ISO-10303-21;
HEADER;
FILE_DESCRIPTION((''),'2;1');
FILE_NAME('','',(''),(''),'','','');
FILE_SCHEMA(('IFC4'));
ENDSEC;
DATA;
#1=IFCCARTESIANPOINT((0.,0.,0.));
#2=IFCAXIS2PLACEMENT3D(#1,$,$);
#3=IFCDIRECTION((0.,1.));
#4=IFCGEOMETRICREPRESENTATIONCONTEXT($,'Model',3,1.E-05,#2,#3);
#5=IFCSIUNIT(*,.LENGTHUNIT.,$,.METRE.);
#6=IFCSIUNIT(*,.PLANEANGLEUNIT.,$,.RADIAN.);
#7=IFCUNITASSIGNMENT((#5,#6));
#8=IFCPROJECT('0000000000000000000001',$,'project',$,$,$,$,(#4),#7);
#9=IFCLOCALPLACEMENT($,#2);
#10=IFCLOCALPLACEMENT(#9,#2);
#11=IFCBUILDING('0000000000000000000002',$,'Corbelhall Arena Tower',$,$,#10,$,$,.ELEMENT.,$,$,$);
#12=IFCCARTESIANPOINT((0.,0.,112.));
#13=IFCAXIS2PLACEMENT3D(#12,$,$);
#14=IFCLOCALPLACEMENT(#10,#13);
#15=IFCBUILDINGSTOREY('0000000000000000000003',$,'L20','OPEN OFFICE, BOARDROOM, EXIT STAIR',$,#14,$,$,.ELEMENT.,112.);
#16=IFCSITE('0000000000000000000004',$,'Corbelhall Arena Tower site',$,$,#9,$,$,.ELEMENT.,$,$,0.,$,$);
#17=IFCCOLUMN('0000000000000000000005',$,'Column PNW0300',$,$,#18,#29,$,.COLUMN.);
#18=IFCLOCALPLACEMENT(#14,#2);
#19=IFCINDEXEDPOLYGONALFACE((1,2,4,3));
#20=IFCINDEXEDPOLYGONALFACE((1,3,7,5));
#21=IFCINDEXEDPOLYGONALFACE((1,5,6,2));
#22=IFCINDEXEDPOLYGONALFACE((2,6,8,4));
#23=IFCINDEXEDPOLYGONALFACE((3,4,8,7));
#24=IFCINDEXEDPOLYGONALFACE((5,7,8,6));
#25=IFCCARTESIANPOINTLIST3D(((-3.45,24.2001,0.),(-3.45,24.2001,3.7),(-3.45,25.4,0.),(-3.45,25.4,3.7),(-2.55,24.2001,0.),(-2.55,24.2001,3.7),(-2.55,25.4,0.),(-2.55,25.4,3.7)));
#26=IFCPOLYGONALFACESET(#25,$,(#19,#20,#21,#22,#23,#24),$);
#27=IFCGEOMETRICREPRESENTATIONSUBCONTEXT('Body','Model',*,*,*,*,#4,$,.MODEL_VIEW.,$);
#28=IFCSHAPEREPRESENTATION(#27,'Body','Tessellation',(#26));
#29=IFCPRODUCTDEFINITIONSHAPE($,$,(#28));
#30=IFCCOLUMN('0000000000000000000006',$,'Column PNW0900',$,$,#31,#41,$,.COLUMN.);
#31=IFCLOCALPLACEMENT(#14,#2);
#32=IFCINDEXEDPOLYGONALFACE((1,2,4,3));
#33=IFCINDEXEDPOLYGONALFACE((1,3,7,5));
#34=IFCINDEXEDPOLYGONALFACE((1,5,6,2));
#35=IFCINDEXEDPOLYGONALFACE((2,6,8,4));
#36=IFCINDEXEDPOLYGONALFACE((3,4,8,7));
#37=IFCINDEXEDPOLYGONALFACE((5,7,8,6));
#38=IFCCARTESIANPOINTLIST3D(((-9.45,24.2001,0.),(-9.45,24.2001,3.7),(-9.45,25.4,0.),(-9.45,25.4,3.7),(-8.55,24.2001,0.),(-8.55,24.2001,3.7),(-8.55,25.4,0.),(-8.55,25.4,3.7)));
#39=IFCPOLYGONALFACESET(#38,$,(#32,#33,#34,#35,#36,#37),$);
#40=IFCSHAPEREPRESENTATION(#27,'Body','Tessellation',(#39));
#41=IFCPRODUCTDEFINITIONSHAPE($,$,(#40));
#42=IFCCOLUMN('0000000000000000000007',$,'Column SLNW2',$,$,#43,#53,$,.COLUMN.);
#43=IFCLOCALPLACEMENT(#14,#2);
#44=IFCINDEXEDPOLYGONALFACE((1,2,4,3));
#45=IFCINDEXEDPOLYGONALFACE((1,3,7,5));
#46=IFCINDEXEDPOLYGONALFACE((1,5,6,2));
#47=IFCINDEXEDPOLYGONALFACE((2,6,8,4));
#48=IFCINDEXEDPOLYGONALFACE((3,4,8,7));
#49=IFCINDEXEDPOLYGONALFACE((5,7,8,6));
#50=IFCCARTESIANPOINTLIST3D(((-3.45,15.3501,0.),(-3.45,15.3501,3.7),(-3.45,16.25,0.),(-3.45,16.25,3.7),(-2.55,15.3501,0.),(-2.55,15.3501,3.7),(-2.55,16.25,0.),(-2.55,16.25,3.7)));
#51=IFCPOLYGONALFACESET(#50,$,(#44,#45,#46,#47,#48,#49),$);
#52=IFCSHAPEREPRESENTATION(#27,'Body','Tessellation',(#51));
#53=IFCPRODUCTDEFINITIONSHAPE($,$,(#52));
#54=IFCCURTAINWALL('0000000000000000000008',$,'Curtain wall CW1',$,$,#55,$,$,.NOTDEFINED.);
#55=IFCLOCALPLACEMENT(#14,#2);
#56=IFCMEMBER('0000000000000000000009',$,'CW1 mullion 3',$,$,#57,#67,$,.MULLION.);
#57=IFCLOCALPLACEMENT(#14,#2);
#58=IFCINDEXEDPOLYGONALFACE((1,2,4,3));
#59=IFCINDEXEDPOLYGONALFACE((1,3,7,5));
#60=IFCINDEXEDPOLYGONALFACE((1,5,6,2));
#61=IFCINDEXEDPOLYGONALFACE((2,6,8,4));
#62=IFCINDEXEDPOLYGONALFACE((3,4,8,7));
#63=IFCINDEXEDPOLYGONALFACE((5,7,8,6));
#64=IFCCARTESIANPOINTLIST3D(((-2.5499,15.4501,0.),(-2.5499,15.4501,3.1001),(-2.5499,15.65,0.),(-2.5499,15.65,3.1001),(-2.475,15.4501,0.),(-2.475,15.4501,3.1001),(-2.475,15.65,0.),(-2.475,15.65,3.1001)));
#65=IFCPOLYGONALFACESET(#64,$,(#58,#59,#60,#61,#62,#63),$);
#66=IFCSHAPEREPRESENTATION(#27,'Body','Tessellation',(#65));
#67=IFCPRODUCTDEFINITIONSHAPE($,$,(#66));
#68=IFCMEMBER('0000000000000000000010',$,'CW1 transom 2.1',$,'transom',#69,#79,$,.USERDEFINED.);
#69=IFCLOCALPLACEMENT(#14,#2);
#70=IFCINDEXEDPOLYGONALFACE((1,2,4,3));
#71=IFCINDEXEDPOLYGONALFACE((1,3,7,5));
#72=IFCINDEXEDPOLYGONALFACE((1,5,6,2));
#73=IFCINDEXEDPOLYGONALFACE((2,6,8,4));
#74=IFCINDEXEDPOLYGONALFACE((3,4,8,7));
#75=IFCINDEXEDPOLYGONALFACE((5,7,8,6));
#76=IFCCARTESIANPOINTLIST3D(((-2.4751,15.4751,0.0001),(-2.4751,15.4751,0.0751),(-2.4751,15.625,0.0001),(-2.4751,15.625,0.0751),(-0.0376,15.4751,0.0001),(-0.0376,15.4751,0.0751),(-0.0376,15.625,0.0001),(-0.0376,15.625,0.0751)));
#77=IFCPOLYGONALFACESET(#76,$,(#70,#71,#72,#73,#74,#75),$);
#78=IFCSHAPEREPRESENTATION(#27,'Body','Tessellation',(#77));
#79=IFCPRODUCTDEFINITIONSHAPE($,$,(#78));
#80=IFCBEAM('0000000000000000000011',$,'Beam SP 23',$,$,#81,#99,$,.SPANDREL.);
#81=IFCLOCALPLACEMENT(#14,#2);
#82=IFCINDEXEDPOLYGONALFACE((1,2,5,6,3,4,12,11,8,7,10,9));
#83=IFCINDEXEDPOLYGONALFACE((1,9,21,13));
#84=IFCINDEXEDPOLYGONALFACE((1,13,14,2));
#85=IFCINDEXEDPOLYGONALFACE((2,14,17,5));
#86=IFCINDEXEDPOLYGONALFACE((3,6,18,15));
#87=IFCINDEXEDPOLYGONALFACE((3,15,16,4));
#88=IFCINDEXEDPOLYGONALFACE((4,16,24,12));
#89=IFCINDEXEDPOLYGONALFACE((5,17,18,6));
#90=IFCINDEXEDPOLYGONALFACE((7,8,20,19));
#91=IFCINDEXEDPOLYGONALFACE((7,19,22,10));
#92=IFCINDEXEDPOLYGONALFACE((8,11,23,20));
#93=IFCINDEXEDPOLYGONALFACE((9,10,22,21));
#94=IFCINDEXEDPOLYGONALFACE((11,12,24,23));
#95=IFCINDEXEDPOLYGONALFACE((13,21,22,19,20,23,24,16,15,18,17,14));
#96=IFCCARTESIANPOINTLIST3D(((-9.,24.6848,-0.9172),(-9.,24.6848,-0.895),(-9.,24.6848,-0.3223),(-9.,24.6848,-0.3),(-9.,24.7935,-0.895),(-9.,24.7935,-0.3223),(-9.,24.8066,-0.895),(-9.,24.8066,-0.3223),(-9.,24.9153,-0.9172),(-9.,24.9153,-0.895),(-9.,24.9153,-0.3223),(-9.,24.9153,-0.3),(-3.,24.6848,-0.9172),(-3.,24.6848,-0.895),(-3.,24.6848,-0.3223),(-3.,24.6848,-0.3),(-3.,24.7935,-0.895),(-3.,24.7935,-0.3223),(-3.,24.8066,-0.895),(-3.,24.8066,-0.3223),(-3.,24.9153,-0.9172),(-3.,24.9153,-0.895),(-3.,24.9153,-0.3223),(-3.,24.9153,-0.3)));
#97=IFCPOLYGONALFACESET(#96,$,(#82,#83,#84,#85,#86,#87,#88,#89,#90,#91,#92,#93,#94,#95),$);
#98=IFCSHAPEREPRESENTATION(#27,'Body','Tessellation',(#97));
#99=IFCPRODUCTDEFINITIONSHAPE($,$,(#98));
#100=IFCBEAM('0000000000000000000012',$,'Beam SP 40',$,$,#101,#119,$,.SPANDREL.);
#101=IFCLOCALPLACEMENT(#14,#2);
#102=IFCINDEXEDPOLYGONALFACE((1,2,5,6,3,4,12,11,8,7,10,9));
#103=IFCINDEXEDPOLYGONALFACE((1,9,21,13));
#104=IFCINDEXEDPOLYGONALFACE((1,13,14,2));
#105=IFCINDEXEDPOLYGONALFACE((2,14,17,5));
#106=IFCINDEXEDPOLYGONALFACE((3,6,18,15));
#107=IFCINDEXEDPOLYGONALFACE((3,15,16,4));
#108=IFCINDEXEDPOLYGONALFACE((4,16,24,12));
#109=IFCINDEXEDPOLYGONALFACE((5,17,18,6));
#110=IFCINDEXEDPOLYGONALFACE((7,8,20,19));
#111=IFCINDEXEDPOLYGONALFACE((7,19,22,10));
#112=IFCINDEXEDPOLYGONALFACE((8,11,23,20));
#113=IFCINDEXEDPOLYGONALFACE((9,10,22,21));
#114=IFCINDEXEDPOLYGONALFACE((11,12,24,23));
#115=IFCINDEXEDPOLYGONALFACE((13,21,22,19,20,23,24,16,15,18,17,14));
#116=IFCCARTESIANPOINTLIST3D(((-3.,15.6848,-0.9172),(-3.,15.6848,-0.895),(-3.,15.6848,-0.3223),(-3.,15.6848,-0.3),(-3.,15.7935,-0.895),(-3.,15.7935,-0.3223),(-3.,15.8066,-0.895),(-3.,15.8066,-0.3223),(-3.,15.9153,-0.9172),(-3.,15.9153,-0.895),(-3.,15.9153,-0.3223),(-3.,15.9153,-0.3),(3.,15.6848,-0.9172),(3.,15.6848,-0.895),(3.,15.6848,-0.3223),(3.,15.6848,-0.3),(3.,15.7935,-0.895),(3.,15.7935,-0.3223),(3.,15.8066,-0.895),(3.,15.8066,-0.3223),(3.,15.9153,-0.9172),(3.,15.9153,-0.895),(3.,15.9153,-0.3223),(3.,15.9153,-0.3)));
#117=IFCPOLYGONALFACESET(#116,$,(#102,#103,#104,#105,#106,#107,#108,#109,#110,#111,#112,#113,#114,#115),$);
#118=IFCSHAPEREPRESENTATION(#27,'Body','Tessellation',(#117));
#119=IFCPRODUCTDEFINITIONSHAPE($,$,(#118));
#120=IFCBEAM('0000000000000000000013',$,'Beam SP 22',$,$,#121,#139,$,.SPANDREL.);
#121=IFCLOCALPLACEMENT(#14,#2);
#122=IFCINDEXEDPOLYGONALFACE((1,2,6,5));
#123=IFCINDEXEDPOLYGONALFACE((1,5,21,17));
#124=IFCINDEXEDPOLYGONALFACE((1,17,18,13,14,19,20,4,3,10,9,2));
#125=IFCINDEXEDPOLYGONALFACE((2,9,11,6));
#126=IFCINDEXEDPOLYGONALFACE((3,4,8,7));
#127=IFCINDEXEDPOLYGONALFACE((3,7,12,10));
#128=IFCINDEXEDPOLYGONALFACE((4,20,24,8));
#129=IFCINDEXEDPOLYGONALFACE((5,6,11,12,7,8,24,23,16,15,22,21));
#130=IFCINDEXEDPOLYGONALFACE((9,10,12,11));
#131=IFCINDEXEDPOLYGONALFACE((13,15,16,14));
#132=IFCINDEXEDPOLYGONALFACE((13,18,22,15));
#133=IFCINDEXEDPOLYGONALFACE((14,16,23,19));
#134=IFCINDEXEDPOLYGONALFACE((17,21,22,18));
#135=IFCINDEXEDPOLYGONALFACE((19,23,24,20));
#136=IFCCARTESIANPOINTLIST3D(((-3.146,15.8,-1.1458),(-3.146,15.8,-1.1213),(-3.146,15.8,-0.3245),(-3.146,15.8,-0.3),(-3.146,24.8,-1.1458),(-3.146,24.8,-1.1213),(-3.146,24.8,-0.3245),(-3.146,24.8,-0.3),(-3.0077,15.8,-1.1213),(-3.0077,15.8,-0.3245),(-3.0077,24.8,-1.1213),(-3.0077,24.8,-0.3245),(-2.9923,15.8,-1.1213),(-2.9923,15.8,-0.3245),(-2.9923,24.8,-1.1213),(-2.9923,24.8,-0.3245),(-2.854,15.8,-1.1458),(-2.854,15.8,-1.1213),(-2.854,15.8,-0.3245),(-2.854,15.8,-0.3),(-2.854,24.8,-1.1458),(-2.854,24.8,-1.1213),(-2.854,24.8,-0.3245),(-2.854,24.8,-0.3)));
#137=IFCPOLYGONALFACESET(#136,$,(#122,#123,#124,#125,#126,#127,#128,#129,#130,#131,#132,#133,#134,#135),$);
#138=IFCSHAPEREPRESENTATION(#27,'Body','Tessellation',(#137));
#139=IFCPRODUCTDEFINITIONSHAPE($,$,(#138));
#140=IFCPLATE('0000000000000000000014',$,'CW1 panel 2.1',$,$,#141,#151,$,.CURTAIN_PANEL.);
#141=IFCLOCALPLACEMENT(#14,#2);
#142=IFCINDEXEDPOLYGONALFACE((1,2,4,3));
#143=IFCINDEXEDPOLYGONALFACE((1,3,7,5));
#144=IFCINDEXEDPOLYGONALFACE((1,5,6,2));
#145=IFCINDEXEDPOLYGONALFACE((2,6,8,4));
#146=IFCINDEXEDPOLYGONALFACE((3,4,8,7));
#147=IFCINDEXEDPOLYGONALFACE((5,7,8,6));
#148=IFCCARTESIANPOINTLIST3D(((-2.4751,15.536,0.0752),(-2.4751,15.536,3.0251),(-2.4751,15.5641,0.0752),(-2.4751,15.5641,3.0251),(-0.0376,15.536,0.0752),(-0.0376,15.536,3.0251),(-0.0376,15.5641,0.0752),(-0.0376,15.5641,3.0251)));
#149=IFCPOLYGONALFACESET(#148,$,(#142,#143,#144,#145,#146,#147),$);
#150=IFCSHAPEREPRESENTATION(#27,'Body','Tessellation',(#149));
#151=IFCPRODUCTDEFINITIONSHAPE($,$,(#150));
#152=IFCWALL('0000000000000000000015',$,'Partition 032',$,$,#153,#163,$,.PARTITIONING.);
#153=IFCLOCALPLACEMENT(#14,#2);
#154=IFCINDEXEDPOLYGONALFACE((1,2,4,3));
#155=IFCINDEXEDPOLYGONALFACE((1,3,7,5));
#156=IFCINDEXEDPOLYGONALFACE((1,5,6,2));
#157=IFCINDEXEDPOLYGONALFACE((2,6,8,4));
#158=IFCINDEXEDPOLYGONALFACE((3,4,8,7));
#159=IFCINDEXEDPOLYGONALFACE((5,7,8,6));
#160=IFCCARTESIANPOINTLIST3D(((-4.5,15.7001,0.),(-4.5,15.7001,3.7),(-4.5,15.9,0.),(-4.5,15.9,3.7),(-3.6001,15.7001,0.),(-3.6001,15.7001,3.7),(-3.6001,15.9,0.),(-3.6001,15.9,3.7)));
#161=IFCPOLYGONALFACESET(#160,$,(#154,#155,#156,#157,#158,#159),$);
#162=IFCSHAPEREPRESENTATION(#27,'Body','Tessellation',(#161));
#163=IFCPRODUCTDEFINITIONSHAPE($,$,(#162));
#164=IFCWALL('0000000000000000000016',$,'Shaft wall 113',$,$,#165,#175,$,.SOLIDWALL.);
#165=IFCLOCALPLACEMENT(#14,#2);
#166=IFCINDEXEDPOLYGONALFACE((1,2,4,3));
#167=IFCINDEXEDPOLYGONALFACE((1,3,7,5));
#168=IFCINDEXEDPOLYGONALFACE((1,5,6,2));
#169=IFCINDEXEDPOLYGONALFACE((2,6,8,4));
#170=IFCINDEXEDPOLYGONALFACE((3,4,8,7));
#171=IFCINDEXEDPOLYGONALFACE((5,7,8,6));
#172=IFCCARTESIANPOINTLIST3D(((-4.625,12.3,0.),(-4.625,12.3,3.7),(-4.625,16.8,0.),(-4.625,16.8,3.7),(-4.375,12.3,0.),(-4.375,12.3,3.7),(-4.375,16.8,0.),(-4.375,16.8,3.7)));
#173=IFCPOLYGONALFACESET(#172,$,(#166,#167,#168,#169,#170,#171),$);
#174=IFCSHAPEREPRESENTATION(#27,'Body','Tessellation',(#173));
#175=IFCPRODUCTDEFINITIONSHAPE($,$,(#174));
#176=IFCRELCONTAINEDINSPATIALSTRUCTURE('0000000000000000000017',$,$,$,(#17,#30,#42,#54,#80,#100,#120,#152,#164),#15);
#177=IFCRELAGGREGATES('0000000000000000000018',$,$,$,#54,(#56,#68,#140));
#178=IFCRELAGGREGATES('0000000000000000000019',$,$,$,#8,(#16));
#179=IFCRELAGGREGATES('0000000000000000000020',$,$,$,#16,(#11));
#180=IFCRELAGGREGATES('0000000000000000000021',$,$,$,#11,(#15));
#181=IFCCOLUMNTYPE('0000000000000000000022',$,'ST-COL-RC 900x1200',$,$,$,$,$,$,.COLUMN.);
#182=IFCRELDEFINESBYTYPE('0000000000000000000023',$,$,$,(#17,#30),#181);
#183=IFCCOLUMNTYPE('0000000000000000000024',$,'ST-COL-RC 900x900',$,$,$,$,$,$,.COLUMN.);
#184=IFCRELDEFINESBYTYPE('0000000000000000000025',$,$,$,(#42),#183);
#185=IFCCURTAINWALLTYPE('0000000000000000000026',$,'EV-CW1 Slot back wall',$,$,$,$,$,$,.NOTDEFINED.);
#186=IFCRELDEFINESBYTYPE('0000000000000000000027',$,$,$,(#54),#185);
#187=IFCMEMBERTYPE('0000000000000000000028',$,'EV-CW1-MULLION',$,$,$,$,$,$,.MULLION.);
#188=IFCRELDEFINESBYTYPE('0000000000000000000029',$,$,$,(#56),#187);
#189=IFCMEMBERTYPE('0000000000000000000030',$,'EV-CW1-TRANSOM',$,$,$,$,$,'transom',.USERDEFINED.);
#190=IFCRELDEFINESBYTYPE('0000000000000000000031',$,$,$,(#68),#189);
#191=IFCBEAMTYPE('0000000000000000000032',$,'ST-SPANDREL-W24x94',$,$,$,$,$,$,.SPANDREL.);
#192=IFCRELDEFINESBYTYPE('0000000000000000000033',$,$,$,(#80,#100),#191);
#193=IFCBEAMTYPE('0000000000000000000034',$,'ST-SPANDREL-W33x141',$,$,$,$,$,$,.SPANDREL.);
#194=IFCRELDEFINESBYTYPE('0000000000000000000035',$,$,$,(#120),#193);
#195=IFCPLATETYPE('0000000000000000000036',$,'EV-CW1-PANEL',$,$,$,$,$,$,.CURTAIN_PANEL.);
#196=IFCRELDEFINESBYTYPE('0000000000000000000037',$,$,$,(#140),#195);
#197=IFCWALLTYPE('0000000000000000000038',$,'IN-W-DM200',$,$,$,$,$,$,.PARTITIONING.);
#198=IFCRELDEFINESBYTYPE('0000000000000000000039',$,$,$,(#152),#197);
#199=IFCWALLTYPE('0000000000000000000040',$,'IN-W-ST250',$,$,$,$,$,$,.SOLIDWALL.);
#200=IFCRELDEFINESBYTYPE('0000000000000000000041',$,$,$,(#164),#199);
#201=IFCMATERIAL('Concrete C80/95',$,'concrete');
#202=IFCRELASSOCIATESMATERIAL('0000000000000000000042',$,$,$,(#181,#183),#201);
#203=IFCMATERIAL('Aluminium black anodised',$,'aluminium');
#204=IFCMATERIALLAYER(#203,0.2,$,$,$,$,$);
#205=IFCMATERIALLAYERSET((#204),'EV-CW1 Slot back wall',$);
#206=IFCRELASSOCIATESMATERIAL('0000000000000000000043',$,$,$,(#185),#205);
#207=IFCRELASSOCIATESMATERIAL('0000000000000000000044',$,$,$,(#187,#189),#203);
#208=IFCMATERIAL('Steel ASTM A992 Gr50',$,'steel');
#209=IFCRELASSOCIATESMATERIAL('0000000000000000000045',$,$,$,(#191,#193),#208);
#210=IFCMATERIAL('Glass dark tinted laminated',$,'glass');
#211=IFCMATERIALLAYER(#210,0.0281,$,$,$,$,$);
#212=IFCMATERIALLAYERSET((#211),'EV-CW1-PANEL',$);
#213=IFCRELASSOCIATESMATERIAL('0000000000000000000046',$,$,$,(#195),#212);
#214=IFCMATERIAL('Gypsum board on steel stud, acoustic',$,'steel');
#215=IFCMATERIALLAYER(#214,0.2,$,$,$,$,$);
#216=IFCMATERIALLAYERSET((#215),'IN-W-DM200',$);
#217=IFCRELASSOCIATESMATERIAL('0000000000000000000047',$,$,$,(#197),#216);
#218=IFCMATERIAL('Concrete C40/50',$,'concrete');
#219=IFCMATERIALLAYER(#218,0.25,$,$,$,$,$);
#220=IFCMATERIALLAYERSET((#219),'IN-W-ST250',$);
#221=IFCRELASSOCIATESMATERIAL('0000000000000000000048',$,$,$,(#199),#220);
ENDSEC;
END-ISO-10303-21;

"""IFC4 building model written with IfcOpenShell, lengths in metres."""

from ifc_helpers import new_model, si_unit, direction, frame, frame_2d, origin, origin_2d, place, context, subcontext, project, spatial, rectangle, i_section, extrude, material, layer, layer_set, material_profile, profile_set, type_object, element, aggregate, save


model = new_model("IFC4")

# Units and contexts
model_context = context("Model", 3, precision=1e-05, world=origin(), true_north=direction((0.0, 1.0)))
body_context = subcontext(model_context, "Body", "Model", "MODEL_VIEW")
ifc_project = project(units=[si_unit("LENGTHUNIT", "METRE"), si_unit("PLANEANGLEUNIT", "RADIAN")], contexts=[model_context])

# Site, building, storey
site_placement = place(None, origin())
site = spatial("IfcSite", under=ifc_project, at=site_placement, Name="Corbelhall Arena Tower site", CompositionType="ELEMENT", RefElevation=0.0)
building_placement = place(site_placement, origin())
building = spatial("IfcBuilding", under=site, at=building_placement, Name="Corbelhall Arena Tower", CompositionType="ELEMENT")
storey_placement = place(building_placement, frame((0.0, 0.0, 112.0)))
storey = spatial("IfcBuildingStorey", under=building, at=storey_placement, Name="L20", Description="OPEN OFFICE, BOARDROOM, EXIT STAIR", CompositionType="ELEMENT", Elevation=112.0)

# Columns
ifc_material_1 = material(Name="Concrete C80/95", Category="concrete")
ifc_material_profile_1 = material_profile(ifc_material_1, rectangle(XDim=0.8999, YDim=1.2, at=origin_2d()))
ifc_profile_set_1 = profile_set([ifc_material_profile_1], Name="Concrete C80/95")
column_type_1 = type_object("IfcColumnType", Name="ST-COL-RC 900x1200", PredefinedType="COLUMN", material=ifc_profile_set_1)
for number, where, z_axis, x_axis, name in (
    (1, (-3.0, 24.8, 0.0), (0.0, 0.0, 1.0), (1.0, 0.0, 0.0), "Column PNW0300"),
    (2, (-9.0, 24.8, 0.0), (0.0, 0.0, 1.0), (1.0, 0.0, 0.0), "Column PNW0900"),
):
    element("IfcColumn", number, at=place(storey_placement, frame(where, z_axis=z_axis, x_axis=x_axis)), inside=storey, type_object=column_type_1, Name=name, PredefinedType="COLUMN", context=body_context, shape_type="SweptSolid", body=[
        extrude(rectangle(XDim=0.8999, YDim=1.2, at=origin_2d()), origin(), (0.0, 0.0, 1.0), 3.7),
    ])
ifc_material_profile_2 = material_profile(ifc_material_1, rectangle(XDim=0.8999, YDim=0.8999, at=origin_2d()))
ifc_profile_set_2 = profile_set([ifc_material_profile_2], Name="Concrete C80/95")
column_type_2 = type_object("IfcColumnType", Name="ST-COL-RC 900x900", PredefinedType="COLUMN", material=ifc_profile_set_2)
column_placement = place(storey_placement, frame((-3.0, 15.8, 0.0), z_axis=(0.0, 0.0, 1.0), x_axis=(1.0, 0.0, 0.0)))
element("IfcColumn", 3, at=column_placement, inside=storey, type_object=column_type_2, Name="Column SLNW2", PredefinedType="COLUMN", context=body_context, shape_type="SweptSolid", body=[
    extrude(rectangle(XDim=0.8999, YDim=0.8999, at=origin_2d()), origin(), (0.0, 0.0, 1.0), 3.7),
])

# Curtain wall, members
ifc_material_2 = material(Name="Aluminium black anodised", Category="aluminium")
ifc_layer_1 = layer(ifc_material_2, 0.2)
ifc_layer_set_1 = layer_set([ifc_layer_1], Name="EV-CW1 Slot back wall")
curtain_wall_type = type_object("IfcCurtainWallType", Name="EV-CW1 Slot back wall", PredefinedType="NOTDEFINED", material=ifc_layer_set_1)
curtain_wall_placement = place(storey_placement, origin())
curtain_wall = element("IfcCurtainWall", 4, at=curtain_wall_placement, inside=storey, type_object=curtain_wall_type, Name="Curtain wall CW1", PredefinedType="NOTDEFINED")
ifc_material_profile_3 = material_profile(ifc_material_2, rectangle(XDim=0.2, YDim=0.075, at=origin_2d()))
ifc_profile_set_3 = profile_set([ifc_material_profile_3], Name="Aluminium black anodised")
member_type_1 = type_object("IfcMemberType", Name="EV-CW1-MULLION", PredefinedType="MULLION", material=ifc_profile_set_3)
member_1_placement = place(storey_placement, frame((-2.5125, 15.55, 0.0), z_axis=(0.0, 0.0, 1.0), x_axis=(0.0, -1.0, 0.0)))
member_1 = element("IfcMember", 5, at=member_1_placement, type_object=member_type_1, Name="CW1 mullion 3", PredefinedType="MULLION", context=body_context, shape_type="SweptSolid", body=[
    extrude(rectangle(XDim=0.2, YDim=0.075, at=origin_2d()), origin(), (0.0, 0.0, 1.0), 3.1001),
])
ifc_material_profile_4 = material_profile(ifc_material_2, rectangle(XDim=0.1499, YDim=0.075, at=origin_2d()))
ifc_profile_set_4 = profile_set([ifc_material_profile_4], Name="Aluminium black anodised")
member_type_2 = type_object("IfcMemberType", Name="EV-CW1-TRANSOM", ElementType="transom", PredefinedType="USERDEFINED", material=ifc_profile_set_4)
member_2_placement = place(storey_placement, frame((-0.0376, 15.55, 0.0376), z_axis=(-1.0, 0.0, 0.0), x_axis=(0.0, -1.0, 0.0)))
member_2 = element("IfcMember", 6, at=member_2_placement, type_object=member_type_2, Name="CW1 transom 2.1", ObjectType="transom", PredefinedType="USERDEFINED", context=body_context, shape_type="SweptSolid", body=[
    extrude(rectangle(XDim=0.1499, YDim=0.075, at=origin_2d()), origin(), (0.0, 0.0, 1.0), 2.4375),
])

# Beams
ifc_material_3 = material(Name="Steel ASTM A992 Gr50", Category="steel")
ifc_material_profile_5 = material_profile(ifc_material_3, i_section(OverallWidth=0.2305, OverallDepth=0.6172, WebThickness=0.0132, FlangeThickness=0.0222, at=origin_2d()))
ifc_profile_set_5 = profile_set([ifc_material_profile_5], Name="Steel ASTM A992 Gr50")
beam_type_1 = type_object("IfcBeamType", Name="ST-SPANDREL-W24x94", PredefinedType="SPANDREL", material=ifc_profile_set_5)
for number, where, z_axis, x_axis, name in (
    (7, (-9.0, 24.8, -0.6086), (1.0, 0.0, 0.0), (0.0, 1.0, 0.0), "Beam SP 23"),
    (8, (-3.0, 15.8, -0.6086), (1.0, 0.0, 0.0), (0.0, 1.0, 0.0), "Beam SP 40"),
):
    element("IfcBeam", number, at=place(storey_placement, frame(where, z_axis=z_axis, x_axis=x_axis)), inside=storey, type_object=beam_type_1, Name=name, PredefinedType="SPANDREL", context=body_context, shape_type="SweptSolid", body=[
        extrude(i_section(OverallWidth=0.2305, OverallDepth=0.6172, WebThickness=0.0132, FlangeThickness=0.0222, at=origin_2d()), origin(), (0.0, 0.0, 1.0), 6.0),
    ])
ifc_material_profile_6 = material_profile(ifc_material_3, i_section(OverallWidth=0.292, OverallDepth=0.8457, WebThickness=0.0154, FlangeThickness=0.0244, at=origin_2d()))
ifc_profile_set_6 = profile_set([ifc_material_profile_6], Name="Steel ASTM A992 Gr50")
beam_type_2 = type_object("IfcBeamType", Name="ST-SPANDREL-W33x141", PredefinedType="SPANDREL", material=ifc_profile_set_6)
beam_placement = place(storey_placement, frame((-3.0, 24.8, -0.7229), z_axis=(0.0, -1.0, 0.0), x_axis=(1.0, 0.0, 0.0)))
element("IfcBeam", 9, at=beam_placement, inside=storey, type_object=beam_type_2, Name="Beam SP 22", PredefinedType="SPANDREL", context=body_context, shape_type="SweptSolid", body=[
    extrude(i_section(OverallWidth=0.292, OverallDepth=0.8457, WebThickness=0.0154, FlangeThickness=0.0244, at=origin_2d()), origin(), (0.0, 0.0, 1.0), 9.0),
])

# Plate
ifc_material_4 = material(Name="Glass dark tinted laminated", Category="glass")
ifc_layer_2 = layer(ifc_material_4, 0.0281)
ifc_layer_set_2 = layer_set([ifc_layer_2], Name="EV-CW1-PANEL")
plate_type = type_object("IfcPlateType", Name="EV-CW1-PANEL", PredefinedType="CURTAIN_PANEL", material=ifc_layer_set_2)
plate_placement = place(storey_placement, frame((-1.2563, 15.55, 0.0752), z_axis=(0.0, 0.0, 1.0), x_axis=(-1.0, 0.0, 0.0)))
plate = element("IfcPlate", 10, at=plate_placement, type_object=plate_type, Name="CW1 panel 2.1", PredefinedType="CURTAIN_PANEL", context=body_context, shape_type="SweptSolid", body=[
    extrude(rectangle(XDim=2.4375, YDim=0.0281, at=origin_2d()), origin(), (0.0, 0.0, 1.0), 2.95),
])
aggregate(curtain_wall, [member_1, member_2, plate])

# Walls
ifc_material_5 = material(Name="Gypsum board on steel stud, acoustic", Category="steel")
ifc_layer_3 = layer(ifc_material_5, 0.2)
ifc_layer_set_3 = layer_set([ifc_layer_3], Name="IN-W-DM200")
wall_type_1 = type_object("IfcWallType", Name="IN-W-DM200", PredefinedType="PARTITIONING", material=ifc_layer_set_3)
wall_1_placement = place(storey_placement, frame((-4.5, 15.8, 0.0), z_axis=(0.0, 0.0, 1.0), x_axis=(1.0, 0.0, 0.0)))
element("IfcWall", 11, at=wall_1_placement, inside=storey, type_object=wall_type_1, Name="Partition 032", PredefinedType="PARTITIONING", context=body_context, shape_type="SweptSolid", body=[
    extrude(rectangle(XDim=0.8999, YDim=0.2, at=frame_2d((0.45, 0.0))), origin(), (0.0, 0.0, 1.0), 3.7),
])
ifc_material_6 = material(Name="Concrete C40/50", Category="concrete")
ifc_layer_4 = layer(ifc_material_6, 0.25)
ifc_layer_set_4 = layer_set([ifc_layer_4], Name="IN-W-ST250")
wall_type_2 = type_object("IfcWallType", Name="IN-W-ST250", PredefinedType="SOLIDWALL", material=ifc_layer_set_4)
wall_2_placement = place(storey_placement, frame((-4.5, 16.8, 0.0), z_axis=(0.0, 0.0, 1.0), x_axis=(0.0, -1.0, 0.0)))
element("IfcWall", 12, at=wall_2_placement, inside=storey, type_object=wall_type_2, Name="Shaft wall 113", PredefinedType="SOLIDWALL", context=body_context, shape_type="SweptSolid", body=[
    extrude(rectangle(XDim=4.5, YDim=0.25, at=frame_2d((2.25, 0.0))), origin(), (0.0, 0.0, 1.0), 3.7),
])

save(model, "model.ifc")
